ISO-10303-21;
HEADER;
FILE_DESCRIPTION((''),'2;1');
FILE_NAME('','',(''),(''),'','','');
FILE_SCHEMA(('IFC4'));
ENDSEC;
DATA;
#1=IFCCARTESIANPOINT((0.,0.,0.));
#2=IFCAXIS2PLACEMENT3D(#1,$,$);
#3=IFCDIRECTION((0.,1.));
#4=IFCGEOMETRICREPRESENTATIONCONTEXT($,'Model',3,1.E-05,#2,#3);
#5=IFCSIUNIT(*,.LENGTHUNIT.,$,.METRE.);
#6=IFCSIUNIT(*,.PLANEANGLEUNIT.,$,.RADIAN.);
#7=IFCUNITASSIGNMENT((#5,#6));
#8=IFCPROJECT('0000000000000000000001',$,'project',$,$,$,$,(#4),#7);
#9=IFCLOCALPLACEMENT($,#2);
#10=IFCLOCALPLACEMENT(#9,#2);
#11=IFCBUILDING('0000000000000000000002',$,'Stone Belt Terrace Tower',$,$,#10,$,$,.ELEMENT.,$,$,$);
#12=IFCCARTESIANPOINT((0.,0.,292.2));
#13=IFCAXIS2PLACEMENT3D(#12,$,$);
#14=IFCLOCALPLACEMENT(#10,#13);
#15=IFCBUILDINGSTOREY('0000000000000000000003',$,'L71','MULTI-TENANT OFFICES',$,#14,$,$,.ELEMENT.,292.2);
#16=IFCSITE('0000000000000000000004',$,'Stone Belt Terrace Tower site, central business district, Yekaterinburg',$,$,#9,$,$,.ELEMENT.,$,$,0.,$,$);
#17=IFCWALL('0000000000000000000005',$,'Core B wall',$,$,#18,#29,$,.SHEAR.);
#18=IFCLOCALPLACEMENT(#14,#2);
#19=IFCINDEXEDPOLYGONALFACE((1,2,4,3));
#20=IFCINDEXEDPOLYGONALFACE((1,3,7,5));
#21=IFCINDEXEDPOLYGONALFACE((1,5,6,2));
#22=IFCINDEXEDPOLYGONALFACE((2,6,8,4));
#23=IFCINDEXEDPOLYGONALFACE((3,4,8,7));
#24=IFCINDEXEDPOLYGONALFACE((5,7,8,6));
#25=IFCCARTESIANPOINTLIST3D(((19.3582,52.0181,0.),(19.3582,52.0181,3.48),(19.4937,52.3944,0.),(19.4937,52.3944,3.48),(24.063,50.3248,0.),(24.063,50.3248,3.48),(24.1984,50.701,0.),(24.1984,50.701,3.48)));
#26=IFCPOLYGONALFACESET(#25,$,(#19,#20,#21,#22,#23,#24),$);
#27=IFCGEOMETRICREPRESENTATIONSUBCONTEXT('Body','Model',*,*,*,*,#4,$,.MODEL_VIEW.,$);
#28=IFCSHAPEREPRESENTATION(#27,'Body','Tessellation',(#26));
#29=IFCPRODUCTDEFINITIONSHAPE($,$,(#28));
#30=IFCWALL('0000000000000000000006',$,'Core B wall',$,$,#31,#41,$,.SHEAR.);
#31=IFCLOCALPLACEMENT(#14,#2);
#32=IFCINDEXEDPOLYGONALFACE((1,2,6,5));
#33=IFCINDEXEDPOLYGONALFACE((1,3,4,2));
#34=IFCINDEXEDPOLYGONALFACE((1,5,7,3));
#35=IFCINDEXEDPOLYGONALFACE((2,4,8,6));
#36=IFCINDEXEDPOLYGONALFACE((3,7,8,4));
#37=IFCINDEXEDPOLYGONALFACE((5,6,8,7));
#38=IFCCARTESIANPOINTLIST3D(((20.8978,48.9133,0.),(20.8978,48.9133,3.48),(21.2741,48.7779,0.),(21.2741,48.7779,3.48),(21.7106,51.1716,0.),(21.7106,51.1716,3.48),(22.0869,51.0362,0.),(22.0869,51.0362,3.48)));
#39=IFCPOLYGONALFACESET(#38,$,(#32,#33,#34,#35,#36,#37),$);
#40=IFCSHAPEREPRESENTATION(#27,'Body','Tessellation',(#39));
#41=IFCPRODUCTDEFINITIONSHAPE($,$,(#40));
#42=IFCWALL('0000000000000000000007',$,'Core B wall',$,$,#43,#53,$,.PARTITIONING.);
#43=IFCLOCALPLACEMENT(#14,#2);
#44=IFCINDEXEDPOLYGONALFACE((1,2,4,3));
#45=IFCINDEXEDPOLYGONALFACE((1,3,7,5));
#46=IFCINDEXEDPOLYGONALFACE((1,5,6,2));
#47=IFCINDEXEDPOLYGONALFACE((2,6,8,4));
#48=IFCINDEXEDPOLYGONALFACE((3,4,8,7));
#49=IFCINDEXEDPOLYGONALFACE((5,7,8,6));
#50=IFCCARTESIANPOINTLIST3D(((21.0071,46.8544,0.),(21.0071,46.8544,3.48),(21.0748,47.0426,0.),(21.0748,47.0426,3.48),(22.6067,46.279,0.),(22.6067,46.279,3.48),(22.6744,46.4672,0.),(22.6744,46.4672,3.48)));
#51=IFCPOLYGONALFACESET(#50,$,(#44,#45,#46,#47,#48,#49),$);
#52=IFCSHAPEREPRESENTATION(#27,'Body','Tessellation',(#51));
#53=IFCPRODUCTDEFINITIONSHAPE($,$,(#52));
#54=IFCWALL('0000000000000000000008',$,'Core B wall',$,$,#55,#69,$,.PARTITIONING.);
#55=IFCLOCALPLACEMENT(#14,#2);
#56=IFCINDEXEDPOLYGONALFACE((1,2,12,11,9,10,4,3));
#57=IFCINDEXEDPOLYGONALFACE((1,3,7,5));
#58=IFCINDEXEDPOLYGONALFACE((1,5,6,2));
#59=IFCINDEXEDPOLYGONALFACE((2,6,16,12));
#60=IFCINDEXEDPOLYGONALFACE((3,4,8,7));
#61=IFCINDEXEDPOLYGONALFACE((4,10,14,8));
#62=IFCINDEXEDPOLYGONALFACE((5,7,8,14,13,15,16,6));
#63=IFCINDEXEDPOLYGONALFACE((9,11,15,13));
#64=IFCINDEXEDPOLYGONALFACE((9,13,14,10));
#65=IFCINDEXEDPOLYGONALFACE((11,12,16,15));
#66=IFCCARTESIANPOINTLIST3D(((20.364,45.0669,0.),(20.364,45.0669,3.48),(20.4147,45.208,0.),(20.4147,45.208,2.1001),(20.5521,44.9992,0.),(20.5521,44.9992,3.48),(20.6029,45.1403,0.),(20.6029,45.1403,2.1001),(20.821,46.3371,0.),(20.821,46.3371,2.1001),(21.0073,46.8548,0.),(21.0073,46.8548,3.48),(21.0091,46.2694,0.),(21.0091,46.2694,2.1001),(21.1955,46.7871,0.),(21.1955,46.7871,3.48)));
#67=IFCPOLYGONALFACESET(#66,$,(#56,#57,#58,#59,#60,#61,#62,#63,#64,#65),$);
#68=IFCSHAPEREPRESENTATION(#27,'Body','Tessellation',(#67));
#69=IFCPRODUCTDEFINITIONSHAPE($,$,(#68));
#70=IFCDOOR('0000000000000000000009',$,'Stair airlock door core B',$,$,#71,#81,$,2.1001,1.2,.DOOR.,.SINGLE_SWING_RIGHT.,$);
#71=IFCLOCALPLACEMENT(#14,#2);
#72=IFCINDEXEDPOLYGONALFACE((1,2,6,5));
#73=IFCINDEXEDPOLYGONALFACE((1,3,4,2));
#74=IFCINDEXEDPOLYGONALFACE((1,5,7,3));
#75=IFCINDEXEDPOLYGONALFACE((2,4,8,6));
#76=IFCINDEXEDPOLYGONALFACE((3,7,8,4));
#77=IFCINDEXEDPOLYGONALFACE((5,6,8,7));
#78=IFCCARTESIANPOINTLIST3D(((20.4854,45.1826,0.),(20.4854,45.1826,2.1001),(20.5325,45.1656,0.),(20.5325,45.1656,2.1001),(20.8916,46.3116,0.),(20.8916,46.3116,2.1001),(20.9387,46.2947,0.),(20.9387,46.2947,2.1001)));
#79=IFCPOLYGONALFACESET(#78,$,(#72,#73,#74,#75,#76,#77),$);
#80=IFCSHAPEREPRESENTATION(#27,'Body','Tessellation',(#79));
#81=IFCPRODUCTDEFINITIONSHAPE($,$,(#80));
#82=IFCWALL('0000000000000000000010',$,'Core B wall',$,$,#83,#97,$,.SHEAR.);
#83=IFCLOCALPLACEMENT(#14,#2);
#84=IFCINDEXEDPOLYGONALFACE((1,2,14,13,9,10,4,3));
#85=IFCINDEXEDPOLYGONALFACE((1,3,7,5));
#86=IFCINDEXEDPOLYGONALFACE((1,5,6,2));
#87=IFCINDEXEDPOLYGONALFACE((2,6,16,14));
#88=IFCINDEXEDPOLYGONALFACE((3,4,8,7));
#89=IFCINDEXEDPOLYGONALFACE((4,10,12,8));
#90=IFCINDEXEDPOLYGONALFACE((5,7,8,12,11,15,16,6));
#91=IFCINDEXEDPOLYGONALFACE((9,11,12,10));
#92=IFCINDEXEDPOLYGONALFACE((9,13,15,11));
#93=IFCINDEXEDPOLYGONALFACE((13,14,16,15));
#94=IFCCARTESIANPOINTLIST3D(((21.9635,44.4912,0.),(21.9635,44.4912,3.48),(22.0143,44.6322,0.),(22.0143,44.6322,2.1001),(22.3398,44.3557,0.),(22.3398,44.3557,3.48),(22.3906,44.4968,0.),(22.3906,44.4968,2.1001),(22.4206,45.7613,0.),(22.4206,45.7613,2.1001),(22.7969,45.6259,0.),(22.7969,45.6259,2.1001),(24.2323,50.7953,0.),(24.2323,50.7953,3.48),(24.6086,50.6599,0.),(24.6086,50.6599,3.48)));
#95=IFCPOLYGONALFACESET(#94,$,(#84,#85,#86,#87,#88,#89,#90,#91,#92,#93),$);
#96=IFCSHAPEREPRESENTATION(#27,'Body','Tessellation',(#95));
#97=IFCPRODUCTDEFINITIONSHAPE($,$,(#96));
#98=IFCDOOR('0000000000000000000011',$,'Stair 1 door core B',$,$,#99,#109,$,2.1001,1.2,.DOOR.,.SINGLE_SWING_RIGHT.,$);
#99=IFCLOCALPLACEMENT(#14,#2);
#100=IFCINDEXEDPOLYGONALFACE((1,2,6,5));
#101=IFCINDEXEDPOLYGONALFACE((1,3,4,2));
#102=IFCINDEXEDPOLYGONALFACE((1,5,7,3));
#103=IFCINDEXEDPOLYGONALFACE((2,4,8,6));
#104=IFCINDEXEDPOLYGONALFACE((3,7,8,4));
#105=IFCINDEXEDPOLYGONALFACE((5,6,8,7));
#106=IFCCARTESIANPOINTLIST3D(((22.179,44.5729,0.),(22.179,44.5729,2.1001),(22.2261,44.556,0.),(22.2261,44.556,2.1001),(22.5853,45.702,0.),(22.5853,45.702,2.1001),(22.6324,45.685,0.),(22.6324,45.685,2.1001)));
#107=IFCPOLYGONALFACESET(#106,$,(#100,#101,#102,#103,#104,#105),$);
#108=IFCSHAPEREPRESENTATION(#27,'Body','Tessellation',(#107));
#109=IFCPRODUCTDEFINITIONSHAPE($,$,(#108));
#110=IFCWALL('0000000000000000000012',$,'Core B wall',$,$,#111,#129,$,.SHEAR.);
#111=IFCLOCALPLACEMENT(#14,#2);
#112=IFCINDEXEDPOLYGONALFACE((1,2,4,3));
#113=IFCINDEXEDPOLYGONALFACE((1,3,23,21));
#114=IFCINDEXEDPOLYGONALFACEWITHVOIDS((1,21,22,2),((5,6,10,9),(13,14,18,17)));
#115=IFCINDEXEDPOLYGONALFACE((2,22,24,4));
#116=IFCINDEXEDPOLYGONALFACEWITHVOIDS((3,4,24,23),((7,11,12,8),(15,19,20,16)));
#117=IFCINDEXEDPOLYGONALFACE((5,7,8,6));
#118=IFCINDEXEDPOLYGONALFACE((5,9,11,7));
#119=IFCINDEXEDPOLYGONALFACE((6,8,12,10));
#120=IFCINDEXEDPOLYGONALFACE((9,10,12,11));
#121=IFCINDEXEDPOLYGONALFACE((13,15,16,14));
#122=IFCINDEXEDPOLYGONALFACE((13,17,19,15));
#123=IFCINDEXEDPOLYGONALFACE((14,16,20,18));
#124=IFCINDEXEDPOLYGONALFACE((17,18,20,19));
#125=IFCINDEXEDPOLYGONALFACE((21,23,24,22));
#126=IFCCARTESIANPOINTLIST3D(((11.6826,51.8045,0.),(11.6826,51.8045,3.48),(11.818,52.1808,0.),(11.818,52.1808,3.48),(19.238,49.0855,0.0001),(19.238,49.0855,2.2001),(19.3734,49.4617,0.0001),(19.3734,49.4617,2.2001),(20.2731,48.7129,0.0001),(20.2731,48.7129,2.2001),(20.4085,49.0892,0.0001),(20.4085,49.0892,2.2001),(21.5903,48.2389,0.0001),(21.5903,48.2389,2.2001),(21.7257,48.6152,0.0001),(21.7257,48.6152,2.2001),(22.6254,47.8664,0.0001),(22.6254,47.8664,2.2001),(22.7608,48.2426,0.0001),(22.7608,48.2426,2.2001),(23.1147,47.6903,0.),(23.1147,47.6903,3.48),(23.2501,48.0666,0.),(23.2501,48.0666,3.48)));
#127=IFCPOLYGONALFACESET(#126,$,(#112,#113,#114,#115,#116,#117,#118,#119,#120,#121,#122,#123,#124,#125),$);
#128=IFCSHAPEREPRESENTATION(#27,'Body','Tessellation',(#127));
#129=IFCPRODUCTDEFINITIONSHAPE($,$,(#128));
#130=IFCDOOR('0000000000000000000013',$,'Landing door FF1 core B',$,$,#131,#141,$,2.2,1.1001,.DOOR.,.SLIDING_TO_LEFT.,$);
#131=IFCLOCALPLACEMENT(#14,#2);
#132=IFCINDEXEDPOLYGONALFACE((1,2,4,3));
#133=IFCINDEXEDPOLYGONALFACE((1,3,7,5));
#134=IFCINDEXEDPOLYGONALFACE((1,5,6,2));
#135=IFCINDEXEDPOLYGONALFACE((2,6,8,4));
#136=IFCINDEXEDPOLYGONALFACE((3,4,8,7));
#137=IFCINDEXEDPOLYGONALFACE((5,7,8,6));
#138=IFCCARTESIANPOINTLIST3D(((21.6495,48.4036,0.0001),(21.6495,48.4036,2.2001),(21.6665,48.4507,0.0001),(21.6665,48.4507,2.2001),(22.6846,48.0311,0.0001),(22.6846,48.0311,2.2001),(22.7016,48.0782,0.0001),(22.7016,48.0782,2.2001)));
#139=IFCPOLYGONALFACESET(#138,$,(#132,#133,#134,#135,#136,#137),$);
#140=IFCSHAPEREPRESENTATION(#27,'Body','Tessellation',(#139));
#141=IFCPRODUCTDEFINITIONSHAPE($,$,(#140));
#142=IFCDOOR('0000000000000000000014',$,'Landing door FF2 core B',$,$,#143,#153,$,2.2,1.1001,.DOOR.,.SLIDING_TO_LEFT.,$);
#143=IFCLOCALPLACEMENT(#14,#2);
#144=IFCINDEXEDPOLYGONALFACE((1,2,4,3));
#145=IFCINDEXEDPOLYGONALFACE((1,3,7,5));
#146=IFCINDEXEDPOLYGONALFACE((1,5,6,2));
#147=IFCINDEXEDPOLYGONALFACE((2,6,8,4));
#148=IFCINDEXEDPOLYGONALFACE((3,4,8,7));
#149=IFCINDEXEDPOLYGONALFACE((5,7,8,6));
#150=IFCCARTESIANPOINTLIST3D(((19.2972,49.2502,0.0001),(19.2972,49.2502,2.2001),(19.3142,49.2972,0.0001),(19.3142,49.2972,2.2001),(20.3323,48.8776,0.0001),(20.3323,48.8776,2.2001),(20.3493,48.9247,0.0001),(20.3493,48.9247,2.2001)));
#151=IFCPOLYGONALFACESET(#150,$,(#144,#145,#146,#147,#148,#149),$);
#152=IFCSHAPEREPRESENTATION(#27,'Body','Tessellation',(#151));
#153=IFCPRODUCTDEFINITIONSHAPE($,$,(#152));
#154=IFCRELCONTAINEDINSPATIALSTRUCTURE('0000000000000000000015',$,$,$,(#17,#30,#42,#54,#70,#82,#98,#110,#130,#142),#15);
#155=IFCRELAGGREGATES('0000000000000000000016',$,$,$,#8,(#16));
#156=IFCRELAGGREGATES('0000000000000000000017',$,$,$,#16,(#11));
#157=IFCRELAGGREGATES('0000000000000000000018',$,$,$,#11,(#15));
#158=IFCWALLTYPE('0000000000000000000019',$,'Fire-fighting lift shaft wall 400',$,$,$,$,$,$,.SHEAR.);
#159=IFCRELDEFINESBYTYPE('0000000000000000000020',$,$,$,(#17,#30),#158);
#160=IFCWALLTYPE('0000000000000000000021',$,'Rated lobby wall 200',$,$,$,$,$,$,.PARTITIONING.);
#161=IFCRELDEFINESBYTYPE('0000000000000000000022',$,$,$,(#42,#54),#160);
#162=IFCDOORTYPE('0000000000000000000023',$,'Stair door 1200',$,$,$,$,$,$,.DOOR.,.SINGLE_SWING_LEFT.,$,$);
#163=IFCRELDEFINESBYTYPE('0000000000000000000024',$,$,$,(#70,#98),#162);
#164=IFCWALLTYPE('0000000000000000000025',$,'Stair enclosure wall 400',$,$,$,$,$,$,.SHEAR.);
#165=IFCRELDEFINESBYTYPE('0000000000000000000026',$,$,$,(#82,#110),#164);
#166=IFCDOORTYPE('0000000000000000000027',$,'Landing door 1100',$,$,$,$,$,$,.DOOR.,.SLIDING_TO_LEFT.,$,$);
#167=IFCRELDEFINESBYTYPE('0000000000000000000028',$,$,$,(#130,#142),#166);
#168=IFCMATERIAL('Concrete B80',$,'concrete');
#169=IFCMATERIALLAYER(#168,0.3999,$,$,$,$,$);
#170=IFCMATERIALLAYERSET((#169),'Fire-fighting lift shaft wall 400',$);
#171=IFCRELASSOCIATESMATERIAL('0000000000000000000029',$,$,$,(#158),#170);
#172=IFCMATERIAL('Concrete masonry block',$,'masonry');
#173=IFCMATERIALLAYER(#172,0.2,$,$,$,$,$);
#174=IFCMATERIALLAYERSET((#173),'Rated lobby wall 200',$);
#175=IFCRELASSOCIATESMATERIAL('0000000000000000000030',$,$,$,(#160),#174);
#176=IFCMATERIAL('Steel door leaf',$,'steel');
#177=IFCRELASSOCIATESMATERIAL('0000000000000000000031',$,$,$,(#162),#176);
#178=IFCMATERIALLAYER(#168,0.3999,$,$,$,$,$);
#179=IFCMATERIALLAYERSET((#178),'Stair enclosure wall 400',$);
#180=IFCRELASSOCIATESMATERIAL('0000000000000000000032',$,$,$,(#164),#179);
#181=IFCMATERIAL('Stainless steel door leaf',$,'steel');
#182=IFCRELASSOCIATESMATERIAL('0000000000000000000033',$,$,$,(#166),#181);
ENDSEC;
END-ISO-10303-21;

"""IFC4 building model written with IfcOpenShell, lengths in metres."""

from ifc_helpers import new_model, si_unit, direction, frame, frame_2d, origin, place, context, subcontext, project, spatial, rectangle, extrude, material, layer, layer_set, type_object, element, fill, save


model = new_model("IFC4")

# Units and contexts
model_context = context("Model", 3, precision=1e-05, world=origin(), true_north=direction((0.0, 1.0)))
body_context = subcontext(model_context, "Body", "Model", "MODEL_VIEW")
ifc_project = project(units=[si_unit("LENGTHUNIT", "METRE"), si_unit("PLANEANGLEUNIT", "RADIAN")], contexts=[model_context])

# Site, building, storey
site_placement = place(None, origin())
site = spatial("IfcSite", under=ifc_project, at=site_placement, Name="Stone Belt Terrace Tower site, central business district, Yekaterinburg", CompositionType="ELEMENT", RefElevation=0.0)
building_placement = place(site_placement, origin())
building = spatial("IfcBuilding", under=site, at=building_placement, Name="Stone Belt Terrace Tower", CompositionType="ELEMENT")
storey_placement = place(building_placement, frame((0.0, 0.0, 292.2)))
storey = spatial("IfcBuildingStorey", under=building, at=storey_placement, Name="L71", Description="MULTI-TENANT OFFICES", CompositionType="ELEMENT", Elevation=292.2)

# Walls
ifc_material_1 = material(Name="Concrete B80", Category="concrete")
ifc_layer_1 = layer(ifc_material_1, 0.3999)
ifc_layer_set_1 = layer_set([ifc_layer_1], Name="Fire-fighting lift shaft wall 400")
wall_type_1 = type_object("IfcWallType", Name="Fire-fighting lift shaft wall 400", PredefinedType="SHEAR", material=ifc_layer_set_1)
wall_1_placement = place(storey_placement, frame((24.1306, 50.5129, 0.0), z_axis=(0.0, 0.0, 1.0), x_axis=(-0.940912, 0.338652, 0.0)))
element("IfcWall", 1, at=wall_1_placement, inside=storey, type_object=wall_type_1, Name="Core B wall", PredefinedType="SHEAR", context=body_context, shape_type="SweptSolid", body=[
    extrude(rectangle(XDim=5.0002, YDim=0.3999, at=frame_2d((2.5, 0.0))), origin(), (0.0, 0.0, 1.0), 3.48),
])
wall_2_placement = place(storey_placement, frame((21.0859, 48.8455, 0.0), z_axis=(0.0, 0.0, 1.0), x_axis=(0.338629, 0.94092, 0.0)))
element("IfcWall", 2, at=wall_2_placement, inside=storey, type_object=wall_type_1, Name="Core B wall", PredefinedType="SHEAR", context=body_context, shape_type="SweptSolid", body=[
    extrude(rectangle(XDim=2.4001, YDim=0.3999, at=frame_2d((1.2002, 0.0))), origin(), (0.0, 0.0, 1.0), 3.48),
])
ifc_material_2 = material(Name="Concrete masonry block", Category="masonry")
ifc_layer_2 = layer(ifc_material_2, 0.2)
ifc_layer_set_2 = layer_set([ifc_layer_2], Name="Rated lobby wall 200")
wall_type_2 = type_object("IfcWallType", Name="Rated lobby wall 200", PredefinedType="PARTITIONING", material=ifc_layer_set_2)
wall_3_placement = place(storey_placement, frame((22.6406, 46.373, 0.0), z_axis=(0.0, 0.0, 1.0), x_axis=(-0.940966, 0.338501, 0.0)))
element("IfcWall", 3, at=wall_3_placement, inside=storey, type_object=wall_type_2, Name="Core B wall", PredefinedType="PARTITIONING", context=body_context, shape_type="SweptSolid", body=[
    extrude(rectangle(XDim=1.7, YDim=0.2, at=frame_2d((0.8501, 0.0))), origin(), (0.0, 0.0, 1.0), 3.48),
])

# Walls, openings, doors
wall_4_placement = place(storey_placement, frame((20.458, 45.033, 0.0), z_axis=(0.0, 0.0, 1.0), x_axis=(0.338574, 0.94094, 0.0)))
wall_4 = element("IfcWall", 4, at=wall_4_placement, inside=storey, type_object=wall_type_2, Name="Core B wall", PredefinedType="PARTITIONING", context=body_context, shape_type="SweptSolid", body=[
    extrude(rectangle(XDim=1.9001, YDim=0.2, at=frame_2d((0.9502, 0.0))), origin(), (0.0, 0.0, 1.0), 3.48),
])
opening_1_placement = place(wall_4_placement, frame((0.1499, 0.0, 0.0)))
opening_1 = element("IfcOpeningElement", 5, at=opening_1_placement, cuts=wall_4, PredefinedType="OPENING", context=body_context, shape_type="SweptSolid", body=[
    extrude(rectangle(XDim=1.2, YDim=2.1001, at=frame_2d((0.6001, 1.05))), frame((0.0, 0.1099, 0.0), z_axis=(0.0, -1.0, 0.0), x_axis=(1.0, 0.0, 0.0)), (0.0, 0.0, 1.0), 0.22),
])
ifc_material_3 = material(Name="Steel door leaf", Category="steel")
door_type_1 = type_object("IfcDoorType", Name="Stair door 1200", OperationType="SINGLE_SWING_LEFT", PredefinedType="DOOR", material=ifc_material_3)
door_1_placement = place(opening_1_placement, origin())
door_1 = element("IfcDoor", 6, at=door_1_placement, inside=storey, type_object=door_type_1, Name="Stair airlock door core B", OperationType="SINGLE_SWING_RIGHT", OverallHeight=2.1001, OverallWidth=1.2, PredefinedType="DOOR", context=body_context, shape_type="SweptSolid", body=[
    extrude(rectangle(XDim=1.2, YDim=2.1001, at=frame_2d((0.6001, 1.05))), frame((0.0, 0.0249, 0.0), z_axis=(0.0, -1.0, 0.0), x_axis=(1.0, 0.0, 0.0)), (0.0, 0.0, 1.0), 0.05),
])
fill(opening_1, door_1)
ifc_layer_3 = layer(ifc_material_1, 0.3999)
ifc_layer_set_3 = layer_set([ifc_layer_3], Name="Stair enclosure wall 400")
wall_type_3 = type_object("IfcWallType", Name="Stair enclosure wall 400", PredefinedType="SHEAR", material=ifc_layer_set_3)
wall_5_placement = place(storey_placement, frame((22.1516, 44.4233, 0.0), z_axis=(0.0, 0.0, 1.0), x_axis=(0.338625, 0.940921, 0.0)))
wall_5 = element("IfcWall", 7, at=wall_5_placement, inside=storey, type_object=wall_type_3, Name="Core B wall", PredefinedType="SHEAR", context=body_context, shape_type="SweptSolid", body=[
    extrude(rectangle(XDim=6.7, YDim=0.3999, at=frame_2d((3.3501, 0.0))), origin(), (0.0, 0.0, 1.0), 3.48),
])
opening_2_placement = place(wall_5_placement, frame((0.1499, 0.0, 0.0)))
opening_2 = element("IfcOpeningElement", 8, at=opening_2_placement, cuts=wall_5, PredefinedType="OPENING", context=body_context, shape_type="SweptSolid", body=[
    extrude(rectangle(XDim=1.2, YDim=2.1001, at=frame_2d((0.6001, 1.05))), frame((0.0, 0.21, 0.0), z_axis=(0.0, -1.0, 0.0), x_axis=(1.0, 0.0, 0.0)), (0.0, 0.0, 1.0), 0.4199),
])
door_2_placement = place(opening_2_placement, origin())
door_2 = element("IfcDoor", 9, at=door_2_placement, inside=storey, type_object=door_type_1, Name="Stair 1 door core B", OperationType="SINGLE_SWING_RIGHT", OverallHeight=2.1001, OverallWidth=1.2, PredefinedType="DOOR", context=body_context, shape_type="SweptSolid", body=[
    extrude(rectangle(XDim=1.2, YDim=2.1001, at=frame_2d((0.6001, 1.05))), frame((0.0, 0.0249, 0.0), z_axis=(0.0, -1.0, 0.0), x_axis=(1.0, 0.0, 0.0)), (0.0, 0.0, 1.0), 0.05),
])
fill(opening_2, door_2)

# Wall, openings, doors
wall_6_placement = place(storey_placement, frame((23.1824, 47.8784, 0.0), z_axis=(0.0, 0.0, 1.0), x_axis=(-0.940922, 0.338624, 0.0)))
wall_6 = element("IfcWall", 10, at=wall_6_placement, inside=storey, type_object=wall_type_3, Name="Core B wall", PredefinedType="SHEAR", context=body_context, shape_type="SweptSolid", body=[
    extrude(rectangle(XDim=12.1499, YDim=0.3999, at=frame_2d((6.075, 0.0))), origin(), (0.0, 0.0, 1.0), 3.48),
])
opening_3_placement = place(wall_6_placement, frame((0.52, 0.0, 0.0)))
opening_3 = element("IfcOpeningElement", 11, at=opening_3_placement, cuts=wall_6, PredefinedType="OPENING", context=body_context, shape_type="SweptSolid", body=[
    extrude(rectangle(XDim=1.1001, YDim=2.2, at=frame_2d((0.55, 1.1001))), frame((0.0, 0.21, 0.0), z_axis=(0.0, -1.0, 0.0), x_axis=(1.0, 0.0, 0.0)), (0.0, 0.0, 1.0), 0.4199),
])
opening_4_placement = place(wall_6_placement, frame((3.02, 0.0, 0.0)))
opening_4 = element("IfcOpeningElement", 12, at=opening_4_placement, cuts=wall_6, PredefinedType="OPENING", context=body_context, shape_type="SweptSolid", body=[
    extrude(rectangle(XDim=1.1001, YDim=2.2, at=frame_2d((0.55, 1.1001))), frame((0.0, 0.21, 0.0), z_axis=(0.0, -1.0, 0.0), x_axis=(1.0, 0.0, 0.0)), (0.0, 0.0, 1.0), 0.4199),
])
ifc_material_4 = material(Name="Stainless steel door leaf", Category="steel")
door_type_2 = type_object("IfcDoorType", Name="Landing door 1100", OperationType="SLIDING_TO_LEFT", PredefinedType="DOOR", material=ifc_material_4)
door_3_placement = place(opening_3_placement, origin())
door_3 = element("IfcDoor", 13, at=door_3_placement, inside=storey, type_object=door_type_2, Name="Landing door FF1 core B", OperationType="SLIDING_TO_LEFT", OverallHeight=2.2, OverallWidth=1.1001, PredefinedType="DOOR", context=body_context, shape_type="SweptSolid", body=[
    extrude(rectangle(XDim=1.1001, YDim=2.2, at=frame_2d((0.55, 1.1001))), frame((0.0, 0.0249, 0.0), z_axis=(0.0, -1.0, 0.0), x_axis=(1.0, 0.0, 0.0)), (0.0, 0.0, 1.0), 0.05),
])
fill(opening_3, door_3)
door_4_placement = place(opening_4_placement, origin())
door_4 = element("IfcDoor", 14, at=door_4_placement, inside=storey, type_object=door_type_2, Name="Landing door FF2 core B", OperationType="SLIDING_TO_LEFT", OverallHeight=2.2, OverallWidth=1.1001, PredefinedType="DOOR", context=body_context, shape_type="SweptSolid", body=[
    extrude(rectangle(XDim=1.1001, YDim=2.2, at=frame_2d((0.55, 1.1001))), frame((0.0, 0.0249, 0.0), z_axis=(0.0, -1.0, 0.0), x_axis=(1.0, 0.0, 0.0)), (0.0, 0.0, 1.0), 0.05),
])
fill(opening_4, door_4)

save(model, "model.ifc")
